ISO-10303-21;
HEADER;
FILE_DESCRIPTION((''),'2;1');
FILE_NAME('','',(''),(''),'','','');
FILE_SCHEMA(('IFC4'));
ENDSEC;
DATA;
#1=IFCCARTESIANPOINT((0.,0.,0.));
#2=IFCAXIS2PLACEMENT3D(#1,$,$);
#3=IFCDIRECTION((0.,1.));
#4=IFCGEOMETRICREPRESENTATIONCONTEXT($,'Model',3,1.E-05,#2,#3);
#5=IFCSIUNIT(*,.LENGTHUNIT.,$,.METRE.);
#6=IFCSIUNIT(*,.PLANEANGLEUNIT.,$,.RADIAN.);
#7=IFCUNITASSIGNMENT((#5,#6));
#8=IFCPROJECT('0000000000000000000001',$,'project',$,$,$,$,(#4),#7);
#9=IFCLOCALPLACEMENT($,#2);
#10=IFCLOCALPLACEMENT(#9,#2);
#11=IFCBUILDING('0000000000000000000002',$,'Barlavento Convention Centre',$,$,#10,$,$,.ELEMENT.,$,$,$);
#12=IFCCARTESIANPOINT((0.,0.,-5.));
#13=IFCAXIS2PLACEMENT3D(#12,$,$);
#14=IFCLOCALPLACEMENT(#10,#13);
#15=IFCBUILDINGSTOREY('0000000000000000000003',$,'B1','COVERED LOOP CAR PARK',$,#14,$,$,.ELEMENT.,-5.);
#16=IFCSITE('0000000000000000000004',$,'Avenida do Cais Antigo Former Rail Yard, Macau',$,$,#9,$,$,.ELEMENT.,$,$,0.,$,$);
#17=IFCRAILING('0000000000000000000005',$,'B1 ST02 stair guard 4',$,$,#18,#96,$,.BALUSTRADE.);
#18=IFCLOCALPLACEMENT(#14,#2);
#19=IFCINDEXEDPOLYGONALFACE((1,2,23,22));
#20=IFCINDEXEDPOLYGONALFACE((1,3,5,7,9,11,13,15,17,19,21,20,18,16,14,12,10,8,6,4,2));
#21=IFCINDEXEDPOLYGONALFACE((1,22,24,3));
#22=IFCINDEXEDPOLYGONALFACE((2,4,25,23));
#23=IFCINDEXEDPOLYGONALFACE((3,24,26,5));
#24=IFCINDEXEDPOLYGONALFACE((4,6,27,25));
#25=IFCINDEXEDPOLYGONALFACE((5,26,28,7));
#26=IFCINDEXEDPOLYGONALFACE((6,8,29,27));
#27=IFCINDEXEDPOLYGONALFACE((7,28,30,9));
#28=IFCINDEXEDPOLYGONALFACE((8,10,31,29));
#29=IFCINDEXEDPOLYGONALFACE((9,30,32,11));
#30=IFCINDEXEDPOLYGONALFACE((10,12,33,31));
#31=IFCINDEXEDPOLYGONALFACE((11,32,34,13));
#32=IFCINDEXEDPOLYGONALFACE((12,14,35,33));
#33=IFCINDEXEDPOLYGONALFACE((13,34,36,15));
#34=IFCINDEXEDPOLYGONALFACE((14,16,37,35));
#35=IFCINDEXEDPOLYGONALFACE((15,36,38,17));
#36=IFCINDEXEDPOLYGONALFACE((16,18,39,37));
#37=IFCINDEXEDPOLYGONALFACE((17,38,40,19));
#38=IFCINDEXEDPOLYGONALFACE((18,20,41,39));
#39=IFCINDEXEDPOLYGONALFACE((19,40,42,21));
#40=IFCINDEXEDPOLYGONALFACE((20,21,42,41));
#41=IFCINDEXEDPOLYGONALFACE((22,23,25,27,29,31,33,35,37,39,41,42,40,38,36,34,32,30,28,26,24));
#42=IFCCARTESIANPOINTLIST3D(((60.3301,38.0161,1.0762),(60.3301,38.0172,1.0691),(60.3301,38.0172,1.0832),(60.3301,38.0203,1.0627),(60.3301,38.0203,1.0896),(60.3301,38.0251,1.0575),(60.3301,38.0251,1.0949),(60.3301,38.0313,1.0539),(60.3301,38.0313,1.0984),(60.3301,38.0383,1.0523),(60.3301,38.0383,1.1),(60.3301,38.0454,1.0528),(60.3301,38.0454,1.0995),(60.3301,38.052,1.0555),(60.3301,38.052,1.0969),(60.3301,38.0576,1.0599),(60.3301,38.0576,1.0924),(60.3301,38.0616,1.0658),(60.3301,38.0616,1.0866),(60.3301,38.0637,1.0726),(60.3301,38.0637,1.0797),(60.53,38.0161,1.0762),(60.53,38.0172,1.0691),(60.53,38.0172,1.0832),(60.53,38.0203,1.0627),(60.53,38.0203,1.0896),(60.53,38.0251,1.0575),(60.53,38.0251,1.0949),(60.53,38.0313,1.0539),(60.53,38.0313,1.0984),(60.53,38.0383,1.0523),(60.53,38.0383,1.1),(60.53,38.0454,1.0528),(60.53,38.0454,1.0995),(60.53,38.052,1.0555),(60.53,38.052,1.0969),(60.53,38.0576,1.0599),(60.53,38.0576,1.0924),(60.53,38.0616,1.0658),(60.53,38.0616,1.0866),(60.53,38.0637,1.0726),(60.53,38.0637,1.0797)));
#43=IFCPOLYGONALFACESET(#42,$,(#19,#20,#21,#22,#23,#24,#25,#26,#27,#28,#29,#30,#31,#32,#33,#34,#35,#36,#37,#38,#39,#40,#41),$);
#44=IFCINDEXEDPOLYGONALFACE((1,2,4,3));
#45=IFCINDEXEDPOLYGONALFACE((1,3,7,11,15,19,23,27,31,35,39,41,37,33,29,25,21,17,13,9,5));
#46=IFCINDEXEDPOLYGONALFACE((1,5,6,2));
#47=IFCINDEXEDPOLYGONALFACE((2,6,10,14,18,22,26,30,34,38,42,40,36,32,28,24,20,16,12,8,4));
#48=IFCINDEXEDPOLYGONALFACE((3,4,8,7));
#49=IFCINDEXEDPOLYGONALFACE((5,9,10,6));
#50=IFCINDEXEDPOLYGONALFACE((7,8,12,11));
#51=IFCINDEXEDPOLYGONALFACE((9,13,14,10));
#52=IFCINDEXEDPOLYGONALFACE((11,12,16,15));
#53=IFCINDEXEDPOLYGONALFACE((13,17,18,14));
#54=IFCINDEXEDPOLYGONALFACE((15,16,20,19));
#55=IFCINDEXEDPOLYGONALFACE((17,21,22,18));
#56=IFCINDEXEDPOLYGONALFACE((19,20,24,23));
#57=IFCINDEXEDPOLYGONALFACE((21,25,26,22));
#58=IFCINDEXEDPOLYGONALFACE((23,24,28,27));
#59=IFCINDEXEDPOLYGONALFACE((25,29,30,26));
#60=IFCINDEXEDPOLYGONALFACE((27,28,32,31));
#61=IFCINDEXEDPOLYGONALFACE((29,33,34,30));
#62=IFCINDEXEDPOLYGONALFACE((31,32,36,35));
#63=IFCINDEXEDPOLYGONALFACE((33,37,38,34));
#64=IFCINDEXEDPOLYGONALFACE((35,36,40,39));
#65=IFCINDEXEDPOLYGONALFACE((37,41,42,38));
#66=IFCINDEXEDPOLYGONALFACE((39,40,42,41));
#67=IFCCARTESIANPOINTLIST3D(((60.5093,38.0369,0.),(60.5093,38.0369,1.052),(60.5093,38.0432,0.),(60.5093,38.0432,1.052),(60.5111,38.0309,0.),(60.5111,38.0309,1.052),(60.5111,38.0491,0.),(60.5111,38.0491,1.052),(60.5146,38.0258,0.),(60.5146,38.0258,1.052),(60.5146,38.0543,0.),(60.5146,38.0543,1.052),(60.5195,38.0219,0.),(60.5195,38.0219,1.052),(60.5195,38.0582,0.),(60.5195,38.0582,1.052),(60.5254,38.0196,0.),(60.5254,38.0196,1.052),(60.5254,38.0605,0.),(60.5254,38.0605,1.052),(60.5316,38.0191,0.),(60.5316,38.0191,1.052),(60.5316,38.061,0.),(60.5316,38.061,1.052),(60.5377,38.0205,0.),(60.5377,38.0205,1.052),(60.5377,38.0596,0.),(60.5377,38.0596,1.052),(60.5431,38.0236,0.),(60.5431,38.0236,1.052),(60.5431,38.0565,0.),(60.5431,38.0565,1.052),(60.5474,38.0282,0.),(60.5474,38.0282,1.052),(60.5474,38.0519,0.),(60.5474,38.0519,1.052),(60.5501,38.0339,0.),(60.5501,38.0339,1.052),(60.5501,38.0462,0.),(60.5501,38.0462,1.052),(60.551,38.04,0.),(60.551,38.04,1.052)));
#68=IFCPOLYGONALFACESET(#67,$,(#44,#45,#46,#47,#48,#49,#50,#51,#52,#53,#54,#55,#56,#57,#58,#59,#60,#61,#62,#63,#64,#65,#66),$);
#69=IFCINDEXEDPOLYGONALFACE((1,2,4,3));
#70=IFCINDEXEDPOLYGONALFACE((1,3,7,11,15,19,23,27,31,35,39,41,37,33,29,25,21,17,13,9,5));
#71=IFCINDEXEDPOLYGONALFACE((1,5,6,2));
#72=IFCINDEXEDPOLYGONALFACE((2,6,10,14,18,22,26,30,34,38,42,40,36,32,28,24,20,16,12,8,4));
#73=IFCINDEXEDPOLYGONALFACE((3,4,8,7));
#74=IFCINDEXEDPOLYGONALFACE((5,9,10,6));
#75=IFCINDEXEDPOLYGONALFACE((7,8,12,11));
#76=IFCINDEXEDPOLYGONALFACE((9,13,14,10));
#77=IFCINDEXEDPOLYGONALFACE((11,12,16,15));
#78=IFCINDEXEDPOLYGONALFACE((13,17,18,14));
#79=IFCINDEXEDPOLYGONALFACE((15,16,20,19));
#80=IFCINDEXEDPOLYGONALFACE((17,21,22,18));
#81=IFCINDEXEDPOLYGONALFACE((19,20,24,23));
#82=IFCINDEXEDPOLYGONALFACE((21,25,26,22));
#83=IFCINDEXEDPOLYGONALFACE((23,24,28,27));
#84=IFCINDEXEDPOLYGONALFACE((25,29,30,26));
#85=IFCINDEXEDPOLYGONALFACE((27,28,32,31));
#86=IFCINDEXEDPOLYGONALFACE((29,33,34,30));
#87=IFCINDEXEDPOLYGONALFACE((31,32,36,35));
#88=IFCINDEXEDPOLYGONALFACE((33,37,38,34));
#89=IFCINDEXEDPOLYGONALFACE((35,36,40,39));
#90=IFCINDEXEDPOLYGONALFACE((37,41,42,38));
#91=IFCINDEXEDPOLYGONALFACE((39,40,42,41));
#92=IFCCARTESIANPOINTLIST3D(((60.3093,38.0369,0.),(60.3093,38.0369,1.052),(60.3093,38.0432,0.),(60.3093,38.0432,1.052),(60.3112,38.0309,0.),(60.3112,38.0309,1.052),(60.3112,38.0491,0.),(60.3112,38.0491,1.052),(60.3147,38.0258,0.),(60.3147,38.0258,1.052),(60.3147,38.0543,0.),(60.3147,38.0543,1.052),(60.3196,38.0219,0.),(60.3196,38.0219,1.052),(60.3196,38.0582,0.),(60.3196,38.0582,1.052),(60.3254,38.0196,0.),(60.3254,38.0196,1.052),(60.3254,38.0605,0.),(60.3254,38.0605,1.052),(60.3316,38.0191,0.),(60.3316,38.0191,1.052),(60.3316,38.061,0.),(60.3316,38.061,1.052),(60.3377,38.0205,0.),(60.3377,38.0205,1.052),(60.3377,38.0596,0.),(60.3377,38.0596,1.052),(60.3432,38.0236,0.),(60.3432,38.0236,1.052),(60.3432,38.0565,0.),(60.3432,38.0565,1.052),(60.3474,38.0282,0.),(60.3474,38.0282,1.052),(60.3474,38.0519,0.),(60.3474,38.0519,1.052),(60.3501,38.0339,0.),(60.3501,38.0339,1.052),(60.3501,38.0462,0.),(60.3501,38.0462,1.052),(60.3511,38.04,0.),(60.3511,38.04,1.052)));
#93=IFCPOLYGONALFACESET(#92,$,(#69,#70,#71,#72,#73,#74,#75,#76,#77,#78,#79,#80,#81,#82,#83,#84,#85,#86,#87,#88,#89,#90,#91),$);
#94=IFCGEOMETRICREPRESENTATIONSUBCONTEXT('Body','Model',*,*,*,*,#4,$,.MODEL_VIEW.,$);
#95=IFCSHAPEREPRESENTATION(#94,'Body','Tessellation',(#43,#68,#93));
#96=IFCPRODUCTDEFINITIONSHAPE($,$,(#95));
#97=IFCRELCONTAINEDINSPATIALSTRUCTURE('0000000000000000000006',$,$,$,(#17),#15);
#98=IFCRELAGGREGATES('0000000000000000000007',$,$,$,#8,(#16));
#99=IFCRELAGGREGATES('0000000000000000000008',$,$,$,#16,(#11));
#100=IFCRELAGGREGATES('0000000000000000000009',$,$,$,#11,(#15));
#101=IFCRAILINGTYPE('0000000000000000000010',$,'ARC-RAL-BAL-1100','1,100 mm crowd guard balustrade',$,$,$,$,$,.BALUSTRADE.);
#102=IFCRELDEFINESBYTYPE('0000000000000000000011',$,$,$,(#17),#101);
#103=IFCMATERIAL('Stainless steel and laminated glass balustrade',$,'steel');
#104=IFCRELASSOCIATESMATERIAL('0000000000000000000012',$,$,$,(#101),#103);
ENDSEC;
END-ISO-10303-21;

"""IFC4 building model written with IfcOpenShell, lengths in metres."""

from ifc_helpers import new_model, si_unit, direction, frame, origin, origin_2d, place, context, subcontext, project, spatial, circle, extrude, material, type_object, element, save


model = new_model("IFC4")

# Units and contexts
model_context = context("Model", 3, precision=1e-05, world=origin(), true_north=direction((0.0, 1.0)))
body_context = subcontext(model_context, "Body", "Model", "MODEL_VIEW")
ifc_project = project(units=[si_unit("LENGTHUNIT", "METRE"), si_unit("PLANEANGLEUNIT", "RADIAN")], contexts=[model_context])

# Site, building, storey
site_placement = place(None, origin())
site = spatial("IfcSite", under=ifc_project, at=site_placement, Name="Avenida do Cais Antigo Former Rail Yard, Macau", CompositionType="ELEMENT", RefElevation=0.0)
building_placement = place(site_placement, origin())
building = spatial("IfcBuilding", under=site, at=building_placement, Name="Barlavento Convention Centre", CompositionType="ELEMENT")
storey_placement = place(building_placement, frame((0.0, 0.0, -5.0)))
storey = spatial("IfcBuildingStorey", under=building, at=storey_placement, Name="B1", Description="COVERED LOOP CAR PARK", CompositionType="ELEMENT", Elevation=-5.0)

# Railing
ifc_material_1 = material(Name="Stainless steel and laminated glass balustrade", Category="steel")
railing_type_1 = type_object("IfcRailingType", Name="ARC-RAL-BAL-1100", Description="1,100 mm crowd guard balustrade", PredefinedType="BALUSTRADE", material=ifc_material_1)
railing_1_placement = place(storey_placement, frame((60.53, 38.04, 0.0)))
element("IfcRailing", 1, at=railing_1_placement, inside=storey, type_object=railing_type_1, Name="B1 ST02 stair guard 4", PredefinedType="BALUSTRADE", context=body_context, shape_type="SweptSolid", body=[
    extrude(circle(Radius=0.0239, at=origin_2d()), frame((0.0, 0.0, 1.0762), z_axis=(-1.0, 0.0, 0.0), x_axis=(0.0, -1.0, 0.0)), (0.0, 0.0, 1.0), 0.2),
    extrude(circle(Radius=0.021, at=origin_2d()), origin(), (0.0, 0.0, 1.0), 1.052),
    extrude(circle(Radius=0.021, at=origin_2d()), frame((-0.2, 0.0, 0.0)), (0.0, 0.0, 1.0), 1.052),
])

save(model, "model.ifc")
